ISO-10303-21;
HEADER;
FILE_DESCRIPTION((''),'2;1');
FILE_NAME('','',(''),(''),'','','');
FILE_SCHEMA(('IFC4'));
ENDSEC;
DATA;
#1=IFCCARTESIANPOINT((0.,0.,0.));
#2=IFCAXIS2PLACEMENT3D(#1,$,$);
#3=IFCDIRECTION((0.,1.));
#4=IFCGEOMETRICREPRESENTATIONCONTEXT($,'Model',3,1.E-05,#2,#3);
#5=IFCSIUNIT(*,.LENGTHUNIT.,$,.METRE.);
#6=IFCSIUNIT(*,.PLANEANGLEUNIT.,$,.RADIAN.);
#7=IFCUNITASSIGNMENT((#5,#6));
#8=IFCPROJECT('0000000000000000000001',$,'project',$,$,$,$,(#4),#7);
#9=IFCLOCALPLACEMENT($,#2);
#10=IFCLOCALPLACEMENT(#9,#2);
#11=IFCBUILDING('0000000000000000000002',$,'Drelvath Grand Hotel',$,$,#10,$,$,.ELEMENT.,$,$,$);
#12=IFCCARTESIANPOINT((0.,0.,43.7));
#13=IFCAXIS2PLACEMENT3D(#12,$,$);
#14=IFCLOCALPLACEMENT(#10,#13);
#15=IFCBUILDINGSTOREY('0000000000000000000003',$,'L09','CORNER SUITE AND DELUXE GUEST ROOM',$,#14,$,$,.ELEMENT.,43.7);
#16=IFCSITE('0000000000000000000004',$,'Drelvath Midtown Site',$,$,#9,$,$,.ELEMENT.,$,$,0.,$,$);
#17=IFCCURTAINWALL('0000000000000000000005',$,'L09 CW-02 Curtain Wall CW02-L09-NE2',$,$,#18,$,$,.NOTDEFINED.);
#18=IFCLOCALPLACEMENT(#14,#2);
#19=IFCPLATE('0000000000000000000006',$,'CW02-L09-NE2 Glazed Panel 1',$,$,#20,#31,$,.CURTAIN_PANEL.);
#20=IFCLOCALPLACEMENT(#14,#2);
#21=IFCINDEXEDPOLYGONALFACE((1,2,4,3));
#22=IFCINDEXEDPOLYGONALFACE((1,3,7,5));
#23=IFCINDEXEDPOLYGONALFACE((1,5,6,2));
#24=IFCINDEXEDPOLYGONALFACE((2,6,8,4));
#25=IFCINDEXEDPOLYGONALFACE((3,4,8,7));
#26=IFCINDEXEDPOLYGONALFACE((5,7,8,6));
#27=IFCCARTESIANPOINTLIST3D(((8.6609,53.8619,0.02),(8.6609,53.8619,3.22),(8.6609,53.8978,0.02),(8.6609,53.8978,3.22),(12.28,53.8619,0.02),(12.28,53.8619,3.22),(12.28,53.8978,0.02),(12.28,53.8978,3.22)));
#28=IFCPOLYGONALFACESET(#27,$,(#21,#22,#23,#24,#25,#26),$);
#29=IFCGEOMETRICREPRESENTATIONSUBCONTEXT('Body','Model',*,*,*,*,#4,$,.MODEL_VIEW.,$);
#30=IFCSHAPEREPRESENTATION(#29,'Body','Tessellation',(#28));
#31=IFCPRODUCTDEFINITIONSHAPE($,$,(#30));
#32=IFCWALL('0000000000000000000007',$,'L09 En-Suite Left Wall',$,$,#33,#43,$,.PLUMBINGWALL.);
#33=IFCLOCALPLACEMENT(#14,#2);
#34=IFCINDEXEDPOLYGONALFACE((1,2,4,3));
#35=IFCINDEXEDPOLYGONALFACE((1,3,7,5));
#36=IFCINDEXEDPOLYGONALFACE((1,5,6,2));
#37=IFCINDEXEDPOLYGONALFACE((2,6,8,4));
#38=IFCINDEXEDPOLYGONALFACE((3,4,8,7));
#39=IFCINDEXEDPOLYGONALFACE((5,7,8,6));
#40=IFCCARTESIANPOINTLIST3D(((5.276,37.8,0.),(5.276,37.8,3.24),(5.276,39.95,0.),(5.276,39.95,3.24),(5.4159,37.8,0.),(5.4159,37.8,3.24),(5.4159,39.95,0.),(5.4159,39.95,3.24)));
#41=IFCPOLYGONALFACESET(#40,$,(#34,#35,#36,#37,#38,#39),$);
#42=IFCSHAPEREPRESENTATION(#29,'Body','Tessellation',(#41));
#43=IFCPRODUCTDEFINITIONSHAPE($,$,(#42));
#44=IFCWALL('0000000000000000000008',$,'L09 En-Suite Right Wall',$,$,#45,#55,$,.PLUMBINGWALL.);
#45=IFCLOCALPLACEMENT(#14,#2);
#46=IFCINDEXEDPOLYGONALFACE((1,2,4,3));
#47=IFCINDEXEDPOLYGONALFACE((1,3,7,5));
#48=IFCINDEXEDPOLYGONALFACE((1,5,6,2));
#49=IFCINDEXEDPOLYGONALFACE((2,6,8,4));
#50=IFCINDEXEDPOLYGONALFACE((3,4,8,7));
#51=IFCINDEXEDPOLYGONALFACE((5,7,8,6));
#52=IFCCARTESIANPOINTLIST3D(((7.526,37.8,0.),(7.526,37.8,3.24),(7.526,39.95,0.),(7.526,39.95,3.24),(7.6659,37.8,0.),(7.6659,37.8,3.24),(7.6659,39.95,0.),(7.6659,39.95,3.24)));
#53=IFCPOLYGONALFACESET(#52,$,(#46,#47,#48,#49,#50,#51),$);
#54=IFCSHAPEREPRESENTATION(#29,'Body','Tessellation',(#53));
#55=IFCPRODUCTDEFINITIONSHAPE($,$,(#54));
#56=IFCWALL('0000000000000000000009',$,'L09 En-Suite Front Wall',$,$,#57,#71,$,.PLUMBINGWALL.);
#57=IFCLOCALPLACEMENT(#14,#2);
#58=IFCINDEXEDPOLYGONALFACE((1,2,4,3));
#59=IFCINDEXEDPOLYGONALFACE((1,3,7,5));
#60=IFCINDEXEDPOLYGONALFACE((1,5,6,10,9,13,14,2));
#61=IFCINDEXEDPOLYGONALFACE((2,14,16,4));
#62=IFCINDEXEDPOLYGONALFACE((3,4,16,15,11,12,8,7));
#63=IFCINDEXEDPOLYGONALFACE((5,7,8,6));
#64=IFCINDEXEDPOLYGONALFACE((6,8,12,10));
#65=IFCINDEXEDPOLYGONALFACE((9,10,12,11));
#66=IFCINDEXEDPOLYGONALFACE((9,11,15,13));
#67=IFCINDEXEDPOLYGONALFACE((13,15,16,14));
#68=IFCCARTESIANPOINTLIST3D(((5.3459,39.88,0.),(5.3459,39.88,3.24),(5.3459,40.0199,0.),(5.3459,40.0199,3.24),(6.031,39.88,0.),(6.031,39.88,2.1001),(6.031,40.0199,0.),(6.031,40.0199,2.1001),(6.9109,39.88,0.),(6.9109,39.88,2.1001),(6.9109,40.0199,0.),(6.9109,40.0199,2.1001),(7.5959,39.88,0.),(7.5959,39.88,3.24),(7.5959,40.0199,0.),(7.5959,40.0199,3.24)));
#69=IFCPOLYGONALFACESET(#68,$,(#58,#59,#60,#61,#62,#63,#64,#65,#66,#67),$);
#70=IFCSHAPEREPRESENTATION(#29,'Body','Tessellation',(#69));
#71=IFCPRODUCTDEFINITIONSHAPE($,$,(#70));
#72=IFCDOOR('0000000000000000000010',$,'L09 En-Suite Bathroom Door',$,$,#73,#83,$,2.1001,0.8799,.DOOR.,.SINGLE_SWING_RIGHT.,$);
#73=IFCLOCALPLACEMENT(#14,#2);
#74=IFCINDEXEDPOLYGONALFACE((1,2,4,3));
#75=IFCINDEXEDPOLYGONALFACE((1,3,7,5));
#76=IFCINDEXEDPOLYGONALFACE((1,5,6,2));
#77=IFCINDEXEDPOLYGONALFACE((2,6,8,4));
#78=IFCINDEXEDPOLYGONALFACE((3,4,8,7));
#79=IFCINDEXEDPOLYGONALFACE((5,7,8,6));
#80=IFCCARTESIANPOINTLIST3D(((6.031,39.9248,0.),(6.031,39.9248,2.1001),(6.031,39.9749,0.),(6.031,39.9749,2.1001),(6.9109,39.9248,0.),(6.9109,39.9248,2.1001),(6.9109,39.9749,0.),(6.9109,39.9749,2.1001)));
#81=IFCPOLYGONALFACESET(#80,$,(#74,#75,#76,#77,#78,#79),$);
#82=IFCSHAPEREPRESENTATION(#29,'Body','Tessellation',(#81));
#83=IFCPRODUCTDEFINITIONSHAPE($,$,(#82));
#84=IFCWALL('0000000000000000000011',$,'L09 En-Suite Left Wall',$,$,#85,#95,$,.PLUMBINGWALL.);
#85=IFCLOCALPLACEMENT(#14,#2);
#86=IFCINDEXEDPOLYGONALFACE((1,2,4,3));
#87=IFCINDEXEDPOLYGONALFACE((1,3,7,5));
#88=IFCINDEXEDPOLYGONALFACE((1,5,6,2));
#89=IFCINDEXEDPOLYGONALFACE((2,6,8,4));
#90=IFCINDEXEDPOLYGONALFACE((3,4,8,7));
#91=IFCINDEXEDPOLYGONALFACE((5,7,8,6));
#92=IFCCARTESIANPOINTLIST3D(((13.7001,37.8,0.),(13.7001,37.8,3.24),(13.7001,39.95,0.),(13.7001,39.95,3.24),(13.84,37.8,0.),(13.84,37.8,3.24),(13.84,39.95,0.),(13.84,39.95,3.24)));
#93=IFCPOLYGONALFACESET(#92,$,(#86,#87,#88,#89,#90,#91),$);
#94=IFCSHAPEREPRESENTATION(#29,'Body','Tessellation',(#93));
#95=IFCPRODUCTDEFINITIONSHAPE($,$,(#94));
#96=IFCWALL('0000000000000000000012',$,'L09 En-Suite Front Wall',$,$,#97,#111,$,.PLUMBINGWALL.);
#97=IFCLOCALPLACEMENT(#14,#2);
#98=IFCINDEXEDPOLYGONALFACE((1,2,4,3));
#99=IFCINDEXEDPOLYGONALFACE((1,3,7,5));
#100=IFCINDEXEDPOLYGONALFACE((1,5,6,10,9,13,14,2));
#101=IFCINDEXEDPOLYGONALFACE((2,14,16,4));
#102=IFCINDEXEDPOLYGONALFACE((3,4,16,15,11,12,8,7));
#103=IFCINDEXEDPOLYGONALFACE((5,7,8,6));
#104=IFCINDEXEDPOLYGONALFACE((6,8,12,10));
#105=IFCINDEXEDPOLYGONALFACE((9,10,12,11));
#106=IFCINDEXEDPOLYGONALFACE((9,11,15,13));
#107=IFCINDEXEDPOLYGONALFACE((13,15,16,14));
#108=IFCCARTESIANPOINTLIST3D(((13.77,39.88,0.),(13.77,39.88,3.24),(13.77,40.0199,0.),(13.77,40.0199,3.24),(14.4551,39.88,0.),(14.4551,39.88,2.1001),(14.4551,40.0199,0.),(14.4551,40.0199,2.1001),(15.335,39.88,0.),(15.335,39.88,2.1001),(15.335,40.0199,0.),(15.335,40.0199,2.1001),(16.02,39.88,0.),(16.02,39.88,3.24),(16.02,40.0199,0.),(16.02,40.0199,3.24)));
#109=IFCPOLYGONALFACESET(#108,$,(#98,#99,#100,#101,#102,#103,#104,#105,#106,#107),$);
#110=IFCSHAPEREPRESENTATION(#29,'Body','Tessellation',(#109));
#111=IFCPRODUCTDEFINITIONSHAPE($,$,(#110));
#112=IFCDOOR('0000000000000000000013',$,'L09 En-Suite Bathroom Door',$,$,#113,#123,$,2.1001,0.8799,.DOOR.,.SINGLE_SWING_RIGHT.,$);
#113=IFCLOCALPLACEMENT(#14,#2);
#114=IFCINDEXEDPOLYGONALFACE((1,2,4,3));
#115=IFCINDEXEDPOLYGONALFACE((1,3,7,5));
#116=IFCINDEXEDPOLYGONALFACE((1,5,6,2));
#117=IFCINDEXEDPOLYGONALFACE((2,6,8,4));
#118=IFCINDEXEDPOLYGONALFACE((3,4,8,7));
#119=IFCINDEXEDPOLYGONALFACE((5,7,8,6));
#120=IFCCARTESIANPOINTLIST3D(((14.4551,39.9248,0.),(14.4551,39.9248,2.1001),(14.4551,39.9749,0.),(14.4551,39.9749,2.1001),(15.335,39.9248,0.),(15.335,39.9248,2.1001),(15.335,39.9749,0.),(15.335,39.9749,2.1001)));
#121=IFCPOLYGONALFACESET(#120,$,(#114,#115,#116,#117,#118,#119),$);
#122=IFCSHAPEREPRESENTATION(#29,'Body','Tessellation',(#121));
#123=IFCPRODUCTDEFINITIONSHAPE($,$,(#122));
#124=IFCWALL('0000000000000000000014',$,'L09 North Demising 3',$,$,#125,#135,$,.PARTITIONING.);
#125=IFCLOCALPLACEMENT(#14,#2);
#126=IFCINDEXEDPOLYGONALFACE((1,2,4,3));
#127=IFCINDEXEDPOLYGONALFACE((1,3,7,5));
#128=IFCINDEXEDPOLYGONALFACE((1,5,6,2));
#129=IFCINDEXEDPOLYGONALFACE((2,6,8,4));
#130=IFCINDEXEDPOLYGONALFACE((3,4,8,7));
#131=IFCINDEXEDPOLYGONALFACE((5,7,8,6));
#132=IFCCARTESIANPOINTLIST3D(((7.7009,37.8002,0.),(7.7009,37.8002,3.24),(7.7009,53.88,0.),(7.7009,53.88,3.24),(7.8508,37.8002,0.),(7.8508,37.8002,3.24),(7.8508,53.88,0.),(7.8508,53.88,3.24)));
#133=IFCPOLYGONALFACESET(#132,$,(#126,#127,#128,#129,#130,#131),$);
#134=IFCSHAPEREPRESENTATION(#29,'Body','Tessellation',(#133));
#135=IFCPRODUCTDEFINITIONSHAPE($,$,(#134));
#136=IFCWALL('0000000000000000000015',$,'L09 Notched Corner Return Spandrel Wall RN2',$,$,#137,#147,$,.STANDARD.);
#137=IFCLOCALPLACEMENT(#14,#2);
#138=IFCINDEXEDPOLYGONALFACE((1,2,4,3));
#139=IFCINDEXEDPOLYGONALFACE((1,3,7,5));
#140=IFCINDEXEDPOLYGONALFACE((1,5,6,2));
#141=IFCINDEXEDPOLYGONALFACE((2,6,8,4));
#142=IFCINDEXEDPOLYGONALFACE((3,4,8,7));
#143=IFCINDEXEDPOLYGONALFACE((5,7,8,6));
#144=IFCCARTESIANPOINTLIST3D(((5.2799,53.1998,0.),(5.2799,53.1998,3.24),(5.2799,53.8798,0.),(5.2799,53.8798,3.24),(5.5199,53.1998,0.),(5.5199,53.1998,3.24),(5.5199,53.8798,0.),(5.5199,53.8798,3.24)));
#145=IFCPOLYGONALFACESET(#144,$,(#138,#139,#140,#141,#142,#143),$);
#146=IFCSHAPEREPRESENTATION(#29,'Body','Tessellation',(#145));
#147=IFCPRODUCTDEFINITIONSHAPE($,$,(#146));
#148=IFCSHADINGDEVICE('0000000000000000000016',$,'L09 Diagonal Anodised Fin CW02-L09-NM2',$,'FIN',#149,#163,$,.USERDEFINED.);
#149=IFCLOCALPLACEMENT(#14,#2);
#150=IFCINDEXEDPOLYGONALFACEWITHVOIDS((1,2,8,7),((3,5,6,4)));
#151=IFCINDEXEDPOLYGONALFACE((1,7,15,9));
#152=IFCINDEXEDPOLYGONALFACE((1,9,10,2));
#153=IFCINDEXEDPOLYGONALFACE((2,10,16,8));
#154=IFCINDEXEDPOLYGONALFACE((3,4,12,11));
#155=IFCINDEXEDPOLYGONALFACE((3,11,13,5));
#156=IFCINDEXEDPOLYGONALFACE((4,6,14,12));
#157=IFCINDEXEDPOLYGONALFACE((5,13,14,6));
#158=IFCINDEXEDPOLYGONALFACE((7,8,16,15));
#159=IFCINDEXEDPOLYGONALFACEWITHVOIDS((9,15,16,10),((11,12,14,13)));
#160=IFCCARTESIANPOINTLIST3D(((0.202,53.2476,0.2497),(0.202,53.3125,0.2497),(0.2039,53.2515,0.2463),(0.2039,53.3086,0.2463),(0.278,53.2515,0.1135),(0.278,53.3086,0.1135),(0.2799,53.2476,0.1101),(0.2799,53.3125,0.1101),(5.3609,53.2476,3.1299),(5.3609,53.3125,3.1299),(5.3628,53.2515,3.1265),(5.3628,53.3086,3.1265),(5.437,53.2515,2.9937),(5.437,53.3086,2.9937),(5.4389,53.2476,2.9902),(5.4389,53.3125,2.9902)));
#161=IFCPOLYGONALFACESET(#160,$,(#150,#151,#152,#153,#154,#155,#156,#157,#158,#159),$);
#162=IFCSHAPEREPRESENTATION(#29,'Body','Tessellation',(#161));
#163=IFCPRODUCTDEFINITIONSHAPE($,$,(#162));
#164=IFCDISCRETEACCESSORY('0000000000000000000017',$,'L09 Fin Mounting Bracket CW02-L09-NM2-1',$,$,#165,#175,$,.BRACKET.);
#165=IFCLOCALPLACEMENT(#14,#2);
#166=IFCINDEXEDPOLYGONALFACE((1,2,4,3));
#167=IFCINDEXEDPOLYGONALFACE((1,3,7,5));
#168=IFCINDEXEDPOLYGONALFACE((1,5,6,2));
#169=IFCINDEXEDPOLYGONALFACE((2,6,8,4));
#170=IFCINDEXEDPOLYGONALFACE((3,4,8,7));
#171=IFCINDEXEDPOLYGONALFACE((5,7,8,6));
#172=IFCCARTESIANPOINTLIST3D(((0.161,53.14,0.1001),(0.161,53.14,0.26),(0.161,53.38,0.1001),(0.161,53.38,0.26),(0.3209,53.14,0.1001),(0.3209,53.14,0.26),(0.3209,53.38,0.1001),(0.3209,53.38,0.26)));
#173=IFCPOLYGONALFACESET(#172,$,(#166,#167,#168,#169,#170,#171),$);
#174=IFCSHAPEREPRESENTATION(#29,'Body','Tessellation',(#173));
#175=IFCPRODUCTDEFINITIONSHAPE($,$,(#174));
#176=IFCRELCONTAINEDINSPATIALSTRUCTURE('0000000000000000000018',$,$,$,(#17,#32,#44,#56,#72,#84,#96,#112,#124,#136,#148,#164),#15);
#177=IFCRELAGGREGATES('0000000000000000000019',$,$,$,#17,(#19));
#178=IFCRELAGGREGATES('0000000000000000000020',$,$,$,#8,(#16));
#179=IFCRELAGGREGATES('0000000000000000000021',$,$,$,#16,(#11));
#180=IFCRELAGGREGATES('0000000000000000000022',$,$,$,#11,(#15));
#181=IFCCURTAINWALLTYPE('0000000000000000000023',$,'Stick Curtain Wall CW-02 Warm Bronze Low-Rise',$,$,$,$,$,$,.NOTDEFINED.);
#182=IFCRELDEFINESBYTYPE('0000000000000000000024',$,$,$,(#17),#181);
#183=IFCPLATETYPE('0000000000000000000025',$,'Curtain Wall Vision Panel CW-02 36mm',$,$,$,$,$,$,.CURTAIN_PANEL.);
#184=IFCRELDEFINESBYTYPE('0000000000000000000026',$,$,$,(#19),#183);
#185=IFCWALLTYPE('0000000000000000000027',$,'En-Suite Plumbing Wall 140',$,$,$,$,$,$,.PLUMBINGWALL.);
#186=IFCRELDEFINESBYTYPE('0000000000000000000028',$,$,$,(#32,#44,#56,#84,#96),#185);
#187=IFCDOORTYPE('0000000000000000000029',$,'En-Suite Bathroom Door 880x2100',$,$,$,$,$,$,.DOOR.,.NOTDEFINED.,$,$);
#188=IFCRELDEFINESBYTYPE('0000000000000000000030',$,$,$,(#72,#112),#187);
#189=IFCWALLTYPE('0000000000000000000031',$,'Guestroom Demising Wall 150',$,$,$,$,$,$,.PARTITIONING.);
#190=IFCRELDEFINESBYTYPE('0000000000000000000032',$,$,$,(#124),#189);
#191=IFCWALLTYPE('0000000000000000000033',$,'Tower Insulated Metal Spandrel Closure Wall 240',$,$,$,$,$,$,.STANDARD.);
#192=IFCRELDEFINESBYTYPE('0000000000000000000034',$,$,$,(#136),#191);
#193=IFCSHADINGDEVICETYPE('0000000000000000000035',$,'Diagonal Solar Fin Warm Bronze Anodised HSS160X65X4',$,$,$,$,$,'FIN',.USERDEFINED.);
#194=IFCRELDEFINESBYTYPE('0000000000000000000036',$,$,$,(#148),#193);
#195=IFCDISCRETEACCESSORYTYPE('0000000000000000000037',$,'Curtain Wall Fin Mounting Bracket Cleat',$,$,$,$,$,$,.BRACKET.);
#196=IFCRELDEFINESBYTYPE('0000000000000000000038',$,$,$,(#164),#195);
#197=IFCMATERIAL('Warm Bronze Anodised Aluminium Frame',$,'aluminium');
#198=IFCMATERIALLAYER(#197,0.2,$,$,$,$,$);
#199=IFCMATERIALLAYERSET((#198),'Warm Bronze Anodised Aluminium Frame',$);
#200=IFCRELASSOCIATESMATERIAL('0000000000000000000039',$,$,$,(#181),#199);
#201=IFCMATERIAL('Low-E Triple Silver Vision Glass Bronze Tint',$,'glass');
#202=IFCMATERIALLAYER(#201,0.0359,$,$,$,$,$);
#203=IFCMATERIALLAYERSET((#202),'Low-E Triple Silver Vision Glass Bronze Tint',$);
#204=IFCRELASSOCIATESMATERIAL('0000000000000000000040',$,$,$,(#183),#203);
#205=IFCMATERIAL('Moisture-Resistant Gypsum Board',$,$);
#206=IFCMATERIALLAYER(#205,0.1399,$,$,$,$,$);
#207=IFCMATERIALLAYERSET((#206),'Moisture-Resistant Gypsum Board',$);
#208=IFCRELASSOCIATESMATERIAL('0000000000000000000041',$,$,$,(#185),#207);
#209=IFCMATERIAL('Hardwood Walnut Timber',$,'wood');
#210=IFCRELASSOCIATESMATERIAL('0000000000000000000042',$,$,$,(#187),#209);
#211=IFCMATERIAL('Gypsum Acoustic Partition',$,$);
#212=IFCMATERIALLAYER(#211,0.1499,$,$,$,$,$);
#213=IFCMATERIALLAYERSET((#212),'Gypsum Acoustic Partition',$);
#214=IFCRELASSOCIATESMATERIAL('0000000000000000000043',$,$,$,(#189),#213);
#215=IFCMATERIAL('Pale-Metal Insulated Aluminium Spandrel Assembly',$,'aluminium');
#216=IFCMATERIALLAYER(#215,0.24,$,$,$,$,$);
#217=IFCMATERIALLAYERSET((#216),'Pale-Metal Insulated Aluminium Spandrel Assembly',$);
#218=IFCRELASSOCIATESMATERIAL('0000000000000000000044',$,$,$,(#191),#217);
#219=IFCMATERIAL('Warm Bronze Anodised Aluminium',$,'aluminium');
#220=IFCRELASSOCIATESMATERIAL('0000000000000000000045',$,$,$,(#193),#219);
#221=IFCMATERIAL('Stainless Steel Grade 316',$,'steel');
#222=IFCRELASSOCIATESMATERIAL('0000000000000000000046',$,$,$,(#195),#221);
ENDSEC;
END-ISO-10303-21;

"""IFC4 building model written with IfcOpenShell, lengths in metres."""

from ifc_helpers import new_model, si_unit, direction, frame, frame_2d, origin, origin_2d, place, context, subcontext, project, spatial, rectangle, hollow_rectangle, extrude, material, layer, layer_set, material_profile, profile_set, type_object, element, fill, aggregate, save


model = new_model("IFC4")

# Units and contexts
model_context = context("Model", 3, precision=1e-05, world=origin(), true_north=direction((0.0, 1.0)))
body_context = subcontext(model_context, "Body", "Model", "MODEL_VIEW")
ifc_project = project(units=[si_unit("LENGTHUNIT", "METRE"), si_unit("PLANEANGLEUNIT", "RADIAN")], contexts=[model_context])

# Site, building, storey
site_placement = place(None, origin())
site = spatial("IfcSite", under=ifc_project, at=site_placement, Name="Drelvath Midtown Site", CompositionType="ELEMENT", RefElevation=0.0)
building_placement = place(site_placement, origin())
building = spatial("IfcBuilding", under=site, at=building_placement, Name="Drelvath Grand Hotel", CompositionType="ELEMENT")
storey_placement = place(building_placement, frame((0.0, 0.0, 43.7)))
storey = spatial("IfcBuildingStorey", under=building, at=storey_placement, Name="L09", Description="CORNER SUITE AND DELUXE GUEST ROOM", CompositionType="ELEMENT", Elevation=43.7)

# Curtain wall
ifc_material_1 = material(Name="Warm Bronze Anodised Aluminium Frame", Category="aluminium")
ifc_layer_1 = layer(ifc_material_1, 0.2)
ifc_layer_set_1 = layer_set([ifc_layer_1], Name="Warm Bronze Anodised Aluminium Frame")
curtain_wall_type = type_object("IfcCurtainWallType", Name="Stick Curtain Wall CW-02 Warm Bronze Low-Rise", PredefinedType="NOTDEFINED", material=ifc_layer_set_1)
curtain_wall_1_placement = place(storey_placement, origin())
curtain_wall_1 = element("IfcCurtainWall", 1, at=curtain_wall_1_placement, inside=storey, type_object=curtain_wall_type, Name="L09 CW-02 Curtain Wall CW02-L09-NE2", PredefinedType="NOTDEFINED")

# Plate
ifc_material_2 = material(Name="Low-E Triple Silver Vision Glass Bronze Tint", Category="glass")
ifc_layer_2 = layer(ifc_material_2, 0.0359)
ifc_layer_set_2 = layer_set([ifc_layer_2], Name="Low-E Triple Silver Vision Glass Bronze Tint")
plate_type = type_object("IfcPlateType", Name="Curtain Wall Vision Panel CW-02 36mm", PredefinedType="CURTAIN_PANEL", material=ifc_layer_set_2)
plate_1_placement = place(storey_placement, frame((10.4705, 53.8799, 0.02), z_axis=(0.0, 0.0, 1.0), x_axis=(1.0, 0.0, 0.0)))
plate_1 = element("IfcPlate", 2, at=plate_1_placement, type_object=plate_type, Name="CW02-L09-NE2 Glazed Panel 1", PredefinedType="CURTAIN_PANEL", context=body_context, shape_type="SweptSolid", body=[
    extrude(rectangle(XDim=3.6191, YDim=0.0359, at=origin_2d()), origin(), (0.0, 0.0, 1.0), 3.2),
])
aggregate(curtain_wall_1, [plate_1])

# Walls
ifc_material_3 = material(Name="Moisture-Resistant Gypsum Board")
ifc_layer_3 = layer(ifc_material_3, 0.1399)
ifc_layer_set_3 = layer_set([ifc_layer_3], Name="Moisture-Resistant Gypsum Board")
wall_type_1 = type_object("IfcWallType", Name="En-Suite Plumbing Wall 140", PredefinedType="PLUMBINGWALL", material=ifc_layer_set_3)
for number, where, z_axis, x_axis, name in (
    (3, (5.3459, 37.8, 0.0), (0.0, 0.0, 1.0), (0.0, 1.0, 0.0), "L09 En-Suite Left Wall"),
    (4, (7.5959, 37.8, 0.0), (0.0, 0.0, 1.0), (0.0, 1.0, 0.0), "L09 En-Suite Right Wall"),
):
    element("IfcWall", number, at=place(storey_placement, frame(where, z_axis=z_axis, x_axis=x_axis)), inside=storey, type_object=wall_type_1, Name=name, PredefinedType="PLUMBINGWALL", context=body_context, shape_type="SweptSolid", body=[
        extrude(rectangle(XDim=2.1499, YDim=0.1399, at=frame_2d((1.075, 0.0))), origin(), (0.0, 0.0, 1.0), 3.24),
    ])

# Wall, opening, door
wall_1_placement = place(storey_placement, frame((5.3459, 39.95, 0.0), z_axis=(0.0, 0.0, 1.0), x_axis=(1.0, 0.0, 0.0)))
wall_1 = element("IfcWall", 5, at=wall_1_placement, inside=storey, type_object=wall_type_1, Name="L09 En-Suite Front Wall", PredefinedType="PLUMBINGWALL", context=body_context, shape_type="SweptSolid", body=[
    extrude(rectangle(XDim=2.25, YDim=0.1399, at=frame_2d((1.125, 0.0))), origin(), (0.0, 0.0, 1.0), 3.24),
])
opening_1_placement = place(wall_1_placement, frame((0.6851, 0.0, 0.0)))
opening_1 = element("IfcOpeningElement", 6, at=opening_1_placement, cuts=wall_1, PredefinedType="OPENING", context=body_context, shape_type="SweptSolid", body=[
    extrude(rectangle(XDim=0.8799, YDim=2.1001, at=frame_2d((0.4399, 1.05))), frame((0.0, 0.0798, 0.0), z_axis=(0.0, -1.0, 0.0), x_axis=(1.0, 0.0, 0.0)), (0.0, 0.0, 1.0), 0.1599),
])
ifc_material_4 = material(Name="Hardwood Walnut Timber", Category="wood")
door_type = type_object("IfcDoorType", Name="En-Suite Bathroom Door 880x2100", OperationType="NOTDEFINED", PredefinedType="DOOR", material=ifc_material_4)
door_1_placement = place(opening_1_placement, origin())
door_1 = element("IfcDoor", 7, at=door_1_placement, inside=storey, type_object=door_type, Name="L09 En-Suite Bathroom Door", OperationType="SINGLE_SWING_RIGHT", OverallHeight=2.1001, OverallWidth=0.8799, PredefinedType="DOOR", context=body_context, shape_type="SweptSolid", body=[
    extrude(rectangle(XDim=0.8799, YDim=2.1001, at=frame_2d((0.4399, 1.05))), frame((0.0, 0.0249, 0.0), z_axis=(0.0, -1.0, 0.0), x_axis=(1.0, 0.0, 0.0)), (0.0, 0.0, 1.0), 0.05),
])
fill(opening_1, door_1)

# Wall
wall_2_placement = place(storey_placement, frame((13.77, 37.8, 0.0), z_axis=(0.0, 0.0, 1.0), x_axis=(0.0, 1.0, 0.0)))
element("IfcWall", 8, at=wall_2_placement, inside=storey, type_object=wall_type_1, Name="L09 En-Suite Left Wall", PredefinedType="PLUMBINGWALL", context=body_context, shape_type="SweptSolid", body=[
    extrude(rectangle(XDim=2.1499, YDim=0.1399, at=frame_2d((1.075, 0.0))), origin(), (0.0, 0.0, 1.0), 3.24),
])

# Wall, opening, door
wall_3_placement = place(storey_placement, frame((13.77, 39.95, 0.0), z_axis=(0.0, 0.0, 1.0), x_axis=(1.0, 0.0, 0.0)))
wall_3 = element("IfcWall", 9, at=wall_3_placement, inside=storey, type_object=wall_type_1, Name="L09 En-Suite Front Wall", PredefinedType="PLUMBINGWALL", context=body_context, shape_type="SweptSolid", body=[
    extrude(rectangle(XDim=2.25, YDim=0.1399, at=frame_2d((1.125, 0.0))), origin(), (0.0, 0.0, 1.0), 3.24),
])
opening_2_placement = place(wall_3_placement, frame((0.6851, 0.0, 0.0)))
opening_2 = element("IfcOpeningElement", 10, at=opening_2_placement, cuts=wall_3, PredefinedType="OPENING", context=body_context, shape_type="SweptSolid", body=[
    extrude(rectangle(XDim=0.8799, YDim=2.1001, at=frame_2d((0.4399, 1.05))), frame((0.0, 0.0798, 0.0), z_axis=(0.0, -1.0, 0.0), x_axis=(1.0, 0.0, 0.0)), (0.0, 0.0, 1.0), 0.1599),
])
door_2_placement = place(opening_2_placement, origin())
door_2 = element("IfcDoor", 11, at=door_2_placement, inside=storey, type_object=door_type, Name="L09 En-Suite Bathroom Door", OperationType="SINGLE_SWING_RIGHT", OverallHeight=2.1001, OverallWidth=0.8799, PredefinedType="DOOR", context=body_context, shape_type="SweptSolid", body=[
    extrude(rectangle(XDim=0.8799, YDim=2.1001, at=frame_2d((0.4399, 1.05))), frame((0.0, 0.0249, 0.0), z_axis=(0.0, -1.0, 0.0), x_axis=(1.0, 0.0, 0.0)), (0.0, 0.0, 1.0), 0.05),
])
fill(opening_2, door_2)

# Walls
ifc_material_5 = material(Name="Gypsum Acoustic Partition")
ifc_layer_4 = layer(ifc_material_5, 0.1499)
ifc_layer_set_4 = layer_set([ifc_layer_4], Name="Gypsum Acoustic Partition")
wall_type_2 = type_object("IfcWallType", Name="Guestroom Demising Wall 150", PredefinedType="PARTITIONING", material=ifc_layer_set_4)
wall_4_placement = place(storey_placement, frame((7.7759, 37.8, 0.0), z_axis=(0.0, 0.0, 1.0), x_axis=(0.0, 1.0, 0.0)))
element("IfcWall", 12, at=wall_4_placement, inside=storey, type_object=wall_type_2, Name="L09 North Demising 3", PredefinedType="PARTITIONING", context=body_context, shape_type="SweptSolid", body=[
    extrude(rectangle(XDim=16.0798, YDim=0.1499, at=frame_2d((8.04, 0.0))), origin(), (0.0, 0.0, 1.0), 3.24),
])
ifc_material_6 = material(Name="Pale-Metal Insulated Aluminium Spandrel Assembly", Category="aluminium")
ifc_layer_5 = layer(ifc_material_6, 0.24)
ifc_layer_set_5 = layer_set([ifc_layer_5], Name="Pale-Metal Insulated Aluminium Spandrel Assembly")
wall_type_3 = type_object("IfcWallType", Name="Tower Insulated Metal Spandrel Closure Wall 240", PredefinedType="STANDARD", material=ifc_layer_set_5)
wall_5_placement = place(storey_placement, frame((5.3999, 53.2, 0.0), z_axis=(0.0, 0.0, 1.0), x_axis=(0.0, 1.0, 0.0)))
element("IfcWall", 13, at=wall_5_placement, inside=storey, type_object=wall_type_3, Name="L09 Notched Corner Return Spandrel Wall RN2", PredefinedType="STANDARD", context=body_context, shape_type="SweptSolid", body=[
    extrude(rectangle(XDim=0.6799, YDim=0.24, at=frame_2d((0.3398, 0.0))), origin(), (0.0, 0.0, 1.0), 3.24),
])

# Shading device
ifc_material_7 = material(Name="Warm Bronze Anodised Aluminium", Category="aluminium")
ifc_material_profile_1 = material_profile(ifc_material_7, hollow_rectangle(XDim=0.0649, YDim=0.1599, WallThickness=0.0039, at=origin_2d()), Name="HSS160X65X4")
ifc_profile_set_1 = profile_set([ifc_material_profile_1], Name="Warm Bronze Anodised Aluminium")
shading_device_type = type_object("IfcShadingDeviceType", Name="Diagonal Solar Fin Warm Bronze Anodised HSS160X65X4", ElementType="FIN", PredefinedType="USERDEFINED", material=ifc_profile_set_1)
shading_device_placement = place(storey_placement, frame((0.241, 53.28, 0.1799), z_axis=(0.873146, 0.0, 0.487459), x_axis=(0.0, 1.0, 0.0)))
element("IfcShadingDevice", 14, at=shading_device_placement, inside=storey, type_object=shading_device_type, Name="L09 Diagonal Anodised Fin CW02-L09-NM2", ObjectType="FIN", PredefinedType="USERDEFINED", context=body_context, shape_type="SweptSolid", body=[
    extrude(hollow_rectangle(XDim=0.0649, YDim=0.1599, WallThickness=0.0039, at=origin_2d()), origin(), (0.0, 0.0, 1.0), 5.9084),
])

# Discrete accessory
ifc_material_8 = material(Name="Stainless Steel Grade 316", Category="steel")
discrete_accessory_type = type_object("IfcDiscreteAccessoryType", Name="Curtain Wall Fin Mounting Bracket Cleat", PredefinedType="BRACKET", material=ifc_material_8)
discrete_accessory_placement = place(storey_placement, frame((0.241, 53.26, 0.1001), z_axis=(0.0, 0.0, 1.0), x_axis=(1.0, 0.0, 0.0)))
element("IfcDiscreteAccessory", 15, at=discrete_accessory_placement, inside=storey, type_object=discrete_accessory_type, Name="L09 Fin Mounting Bracket CW02-L09-NM2-1", PredefinedType="BRACKET", context=body_context, shape_type="SweptSolid", body=[
    extrude(rectangle(XDim=0.1599, YDim=0.24, at=origin_2d()), origin(), (0.0, 0.0, 1.0), 0.1599),
])

save(model, "model.ifc")
